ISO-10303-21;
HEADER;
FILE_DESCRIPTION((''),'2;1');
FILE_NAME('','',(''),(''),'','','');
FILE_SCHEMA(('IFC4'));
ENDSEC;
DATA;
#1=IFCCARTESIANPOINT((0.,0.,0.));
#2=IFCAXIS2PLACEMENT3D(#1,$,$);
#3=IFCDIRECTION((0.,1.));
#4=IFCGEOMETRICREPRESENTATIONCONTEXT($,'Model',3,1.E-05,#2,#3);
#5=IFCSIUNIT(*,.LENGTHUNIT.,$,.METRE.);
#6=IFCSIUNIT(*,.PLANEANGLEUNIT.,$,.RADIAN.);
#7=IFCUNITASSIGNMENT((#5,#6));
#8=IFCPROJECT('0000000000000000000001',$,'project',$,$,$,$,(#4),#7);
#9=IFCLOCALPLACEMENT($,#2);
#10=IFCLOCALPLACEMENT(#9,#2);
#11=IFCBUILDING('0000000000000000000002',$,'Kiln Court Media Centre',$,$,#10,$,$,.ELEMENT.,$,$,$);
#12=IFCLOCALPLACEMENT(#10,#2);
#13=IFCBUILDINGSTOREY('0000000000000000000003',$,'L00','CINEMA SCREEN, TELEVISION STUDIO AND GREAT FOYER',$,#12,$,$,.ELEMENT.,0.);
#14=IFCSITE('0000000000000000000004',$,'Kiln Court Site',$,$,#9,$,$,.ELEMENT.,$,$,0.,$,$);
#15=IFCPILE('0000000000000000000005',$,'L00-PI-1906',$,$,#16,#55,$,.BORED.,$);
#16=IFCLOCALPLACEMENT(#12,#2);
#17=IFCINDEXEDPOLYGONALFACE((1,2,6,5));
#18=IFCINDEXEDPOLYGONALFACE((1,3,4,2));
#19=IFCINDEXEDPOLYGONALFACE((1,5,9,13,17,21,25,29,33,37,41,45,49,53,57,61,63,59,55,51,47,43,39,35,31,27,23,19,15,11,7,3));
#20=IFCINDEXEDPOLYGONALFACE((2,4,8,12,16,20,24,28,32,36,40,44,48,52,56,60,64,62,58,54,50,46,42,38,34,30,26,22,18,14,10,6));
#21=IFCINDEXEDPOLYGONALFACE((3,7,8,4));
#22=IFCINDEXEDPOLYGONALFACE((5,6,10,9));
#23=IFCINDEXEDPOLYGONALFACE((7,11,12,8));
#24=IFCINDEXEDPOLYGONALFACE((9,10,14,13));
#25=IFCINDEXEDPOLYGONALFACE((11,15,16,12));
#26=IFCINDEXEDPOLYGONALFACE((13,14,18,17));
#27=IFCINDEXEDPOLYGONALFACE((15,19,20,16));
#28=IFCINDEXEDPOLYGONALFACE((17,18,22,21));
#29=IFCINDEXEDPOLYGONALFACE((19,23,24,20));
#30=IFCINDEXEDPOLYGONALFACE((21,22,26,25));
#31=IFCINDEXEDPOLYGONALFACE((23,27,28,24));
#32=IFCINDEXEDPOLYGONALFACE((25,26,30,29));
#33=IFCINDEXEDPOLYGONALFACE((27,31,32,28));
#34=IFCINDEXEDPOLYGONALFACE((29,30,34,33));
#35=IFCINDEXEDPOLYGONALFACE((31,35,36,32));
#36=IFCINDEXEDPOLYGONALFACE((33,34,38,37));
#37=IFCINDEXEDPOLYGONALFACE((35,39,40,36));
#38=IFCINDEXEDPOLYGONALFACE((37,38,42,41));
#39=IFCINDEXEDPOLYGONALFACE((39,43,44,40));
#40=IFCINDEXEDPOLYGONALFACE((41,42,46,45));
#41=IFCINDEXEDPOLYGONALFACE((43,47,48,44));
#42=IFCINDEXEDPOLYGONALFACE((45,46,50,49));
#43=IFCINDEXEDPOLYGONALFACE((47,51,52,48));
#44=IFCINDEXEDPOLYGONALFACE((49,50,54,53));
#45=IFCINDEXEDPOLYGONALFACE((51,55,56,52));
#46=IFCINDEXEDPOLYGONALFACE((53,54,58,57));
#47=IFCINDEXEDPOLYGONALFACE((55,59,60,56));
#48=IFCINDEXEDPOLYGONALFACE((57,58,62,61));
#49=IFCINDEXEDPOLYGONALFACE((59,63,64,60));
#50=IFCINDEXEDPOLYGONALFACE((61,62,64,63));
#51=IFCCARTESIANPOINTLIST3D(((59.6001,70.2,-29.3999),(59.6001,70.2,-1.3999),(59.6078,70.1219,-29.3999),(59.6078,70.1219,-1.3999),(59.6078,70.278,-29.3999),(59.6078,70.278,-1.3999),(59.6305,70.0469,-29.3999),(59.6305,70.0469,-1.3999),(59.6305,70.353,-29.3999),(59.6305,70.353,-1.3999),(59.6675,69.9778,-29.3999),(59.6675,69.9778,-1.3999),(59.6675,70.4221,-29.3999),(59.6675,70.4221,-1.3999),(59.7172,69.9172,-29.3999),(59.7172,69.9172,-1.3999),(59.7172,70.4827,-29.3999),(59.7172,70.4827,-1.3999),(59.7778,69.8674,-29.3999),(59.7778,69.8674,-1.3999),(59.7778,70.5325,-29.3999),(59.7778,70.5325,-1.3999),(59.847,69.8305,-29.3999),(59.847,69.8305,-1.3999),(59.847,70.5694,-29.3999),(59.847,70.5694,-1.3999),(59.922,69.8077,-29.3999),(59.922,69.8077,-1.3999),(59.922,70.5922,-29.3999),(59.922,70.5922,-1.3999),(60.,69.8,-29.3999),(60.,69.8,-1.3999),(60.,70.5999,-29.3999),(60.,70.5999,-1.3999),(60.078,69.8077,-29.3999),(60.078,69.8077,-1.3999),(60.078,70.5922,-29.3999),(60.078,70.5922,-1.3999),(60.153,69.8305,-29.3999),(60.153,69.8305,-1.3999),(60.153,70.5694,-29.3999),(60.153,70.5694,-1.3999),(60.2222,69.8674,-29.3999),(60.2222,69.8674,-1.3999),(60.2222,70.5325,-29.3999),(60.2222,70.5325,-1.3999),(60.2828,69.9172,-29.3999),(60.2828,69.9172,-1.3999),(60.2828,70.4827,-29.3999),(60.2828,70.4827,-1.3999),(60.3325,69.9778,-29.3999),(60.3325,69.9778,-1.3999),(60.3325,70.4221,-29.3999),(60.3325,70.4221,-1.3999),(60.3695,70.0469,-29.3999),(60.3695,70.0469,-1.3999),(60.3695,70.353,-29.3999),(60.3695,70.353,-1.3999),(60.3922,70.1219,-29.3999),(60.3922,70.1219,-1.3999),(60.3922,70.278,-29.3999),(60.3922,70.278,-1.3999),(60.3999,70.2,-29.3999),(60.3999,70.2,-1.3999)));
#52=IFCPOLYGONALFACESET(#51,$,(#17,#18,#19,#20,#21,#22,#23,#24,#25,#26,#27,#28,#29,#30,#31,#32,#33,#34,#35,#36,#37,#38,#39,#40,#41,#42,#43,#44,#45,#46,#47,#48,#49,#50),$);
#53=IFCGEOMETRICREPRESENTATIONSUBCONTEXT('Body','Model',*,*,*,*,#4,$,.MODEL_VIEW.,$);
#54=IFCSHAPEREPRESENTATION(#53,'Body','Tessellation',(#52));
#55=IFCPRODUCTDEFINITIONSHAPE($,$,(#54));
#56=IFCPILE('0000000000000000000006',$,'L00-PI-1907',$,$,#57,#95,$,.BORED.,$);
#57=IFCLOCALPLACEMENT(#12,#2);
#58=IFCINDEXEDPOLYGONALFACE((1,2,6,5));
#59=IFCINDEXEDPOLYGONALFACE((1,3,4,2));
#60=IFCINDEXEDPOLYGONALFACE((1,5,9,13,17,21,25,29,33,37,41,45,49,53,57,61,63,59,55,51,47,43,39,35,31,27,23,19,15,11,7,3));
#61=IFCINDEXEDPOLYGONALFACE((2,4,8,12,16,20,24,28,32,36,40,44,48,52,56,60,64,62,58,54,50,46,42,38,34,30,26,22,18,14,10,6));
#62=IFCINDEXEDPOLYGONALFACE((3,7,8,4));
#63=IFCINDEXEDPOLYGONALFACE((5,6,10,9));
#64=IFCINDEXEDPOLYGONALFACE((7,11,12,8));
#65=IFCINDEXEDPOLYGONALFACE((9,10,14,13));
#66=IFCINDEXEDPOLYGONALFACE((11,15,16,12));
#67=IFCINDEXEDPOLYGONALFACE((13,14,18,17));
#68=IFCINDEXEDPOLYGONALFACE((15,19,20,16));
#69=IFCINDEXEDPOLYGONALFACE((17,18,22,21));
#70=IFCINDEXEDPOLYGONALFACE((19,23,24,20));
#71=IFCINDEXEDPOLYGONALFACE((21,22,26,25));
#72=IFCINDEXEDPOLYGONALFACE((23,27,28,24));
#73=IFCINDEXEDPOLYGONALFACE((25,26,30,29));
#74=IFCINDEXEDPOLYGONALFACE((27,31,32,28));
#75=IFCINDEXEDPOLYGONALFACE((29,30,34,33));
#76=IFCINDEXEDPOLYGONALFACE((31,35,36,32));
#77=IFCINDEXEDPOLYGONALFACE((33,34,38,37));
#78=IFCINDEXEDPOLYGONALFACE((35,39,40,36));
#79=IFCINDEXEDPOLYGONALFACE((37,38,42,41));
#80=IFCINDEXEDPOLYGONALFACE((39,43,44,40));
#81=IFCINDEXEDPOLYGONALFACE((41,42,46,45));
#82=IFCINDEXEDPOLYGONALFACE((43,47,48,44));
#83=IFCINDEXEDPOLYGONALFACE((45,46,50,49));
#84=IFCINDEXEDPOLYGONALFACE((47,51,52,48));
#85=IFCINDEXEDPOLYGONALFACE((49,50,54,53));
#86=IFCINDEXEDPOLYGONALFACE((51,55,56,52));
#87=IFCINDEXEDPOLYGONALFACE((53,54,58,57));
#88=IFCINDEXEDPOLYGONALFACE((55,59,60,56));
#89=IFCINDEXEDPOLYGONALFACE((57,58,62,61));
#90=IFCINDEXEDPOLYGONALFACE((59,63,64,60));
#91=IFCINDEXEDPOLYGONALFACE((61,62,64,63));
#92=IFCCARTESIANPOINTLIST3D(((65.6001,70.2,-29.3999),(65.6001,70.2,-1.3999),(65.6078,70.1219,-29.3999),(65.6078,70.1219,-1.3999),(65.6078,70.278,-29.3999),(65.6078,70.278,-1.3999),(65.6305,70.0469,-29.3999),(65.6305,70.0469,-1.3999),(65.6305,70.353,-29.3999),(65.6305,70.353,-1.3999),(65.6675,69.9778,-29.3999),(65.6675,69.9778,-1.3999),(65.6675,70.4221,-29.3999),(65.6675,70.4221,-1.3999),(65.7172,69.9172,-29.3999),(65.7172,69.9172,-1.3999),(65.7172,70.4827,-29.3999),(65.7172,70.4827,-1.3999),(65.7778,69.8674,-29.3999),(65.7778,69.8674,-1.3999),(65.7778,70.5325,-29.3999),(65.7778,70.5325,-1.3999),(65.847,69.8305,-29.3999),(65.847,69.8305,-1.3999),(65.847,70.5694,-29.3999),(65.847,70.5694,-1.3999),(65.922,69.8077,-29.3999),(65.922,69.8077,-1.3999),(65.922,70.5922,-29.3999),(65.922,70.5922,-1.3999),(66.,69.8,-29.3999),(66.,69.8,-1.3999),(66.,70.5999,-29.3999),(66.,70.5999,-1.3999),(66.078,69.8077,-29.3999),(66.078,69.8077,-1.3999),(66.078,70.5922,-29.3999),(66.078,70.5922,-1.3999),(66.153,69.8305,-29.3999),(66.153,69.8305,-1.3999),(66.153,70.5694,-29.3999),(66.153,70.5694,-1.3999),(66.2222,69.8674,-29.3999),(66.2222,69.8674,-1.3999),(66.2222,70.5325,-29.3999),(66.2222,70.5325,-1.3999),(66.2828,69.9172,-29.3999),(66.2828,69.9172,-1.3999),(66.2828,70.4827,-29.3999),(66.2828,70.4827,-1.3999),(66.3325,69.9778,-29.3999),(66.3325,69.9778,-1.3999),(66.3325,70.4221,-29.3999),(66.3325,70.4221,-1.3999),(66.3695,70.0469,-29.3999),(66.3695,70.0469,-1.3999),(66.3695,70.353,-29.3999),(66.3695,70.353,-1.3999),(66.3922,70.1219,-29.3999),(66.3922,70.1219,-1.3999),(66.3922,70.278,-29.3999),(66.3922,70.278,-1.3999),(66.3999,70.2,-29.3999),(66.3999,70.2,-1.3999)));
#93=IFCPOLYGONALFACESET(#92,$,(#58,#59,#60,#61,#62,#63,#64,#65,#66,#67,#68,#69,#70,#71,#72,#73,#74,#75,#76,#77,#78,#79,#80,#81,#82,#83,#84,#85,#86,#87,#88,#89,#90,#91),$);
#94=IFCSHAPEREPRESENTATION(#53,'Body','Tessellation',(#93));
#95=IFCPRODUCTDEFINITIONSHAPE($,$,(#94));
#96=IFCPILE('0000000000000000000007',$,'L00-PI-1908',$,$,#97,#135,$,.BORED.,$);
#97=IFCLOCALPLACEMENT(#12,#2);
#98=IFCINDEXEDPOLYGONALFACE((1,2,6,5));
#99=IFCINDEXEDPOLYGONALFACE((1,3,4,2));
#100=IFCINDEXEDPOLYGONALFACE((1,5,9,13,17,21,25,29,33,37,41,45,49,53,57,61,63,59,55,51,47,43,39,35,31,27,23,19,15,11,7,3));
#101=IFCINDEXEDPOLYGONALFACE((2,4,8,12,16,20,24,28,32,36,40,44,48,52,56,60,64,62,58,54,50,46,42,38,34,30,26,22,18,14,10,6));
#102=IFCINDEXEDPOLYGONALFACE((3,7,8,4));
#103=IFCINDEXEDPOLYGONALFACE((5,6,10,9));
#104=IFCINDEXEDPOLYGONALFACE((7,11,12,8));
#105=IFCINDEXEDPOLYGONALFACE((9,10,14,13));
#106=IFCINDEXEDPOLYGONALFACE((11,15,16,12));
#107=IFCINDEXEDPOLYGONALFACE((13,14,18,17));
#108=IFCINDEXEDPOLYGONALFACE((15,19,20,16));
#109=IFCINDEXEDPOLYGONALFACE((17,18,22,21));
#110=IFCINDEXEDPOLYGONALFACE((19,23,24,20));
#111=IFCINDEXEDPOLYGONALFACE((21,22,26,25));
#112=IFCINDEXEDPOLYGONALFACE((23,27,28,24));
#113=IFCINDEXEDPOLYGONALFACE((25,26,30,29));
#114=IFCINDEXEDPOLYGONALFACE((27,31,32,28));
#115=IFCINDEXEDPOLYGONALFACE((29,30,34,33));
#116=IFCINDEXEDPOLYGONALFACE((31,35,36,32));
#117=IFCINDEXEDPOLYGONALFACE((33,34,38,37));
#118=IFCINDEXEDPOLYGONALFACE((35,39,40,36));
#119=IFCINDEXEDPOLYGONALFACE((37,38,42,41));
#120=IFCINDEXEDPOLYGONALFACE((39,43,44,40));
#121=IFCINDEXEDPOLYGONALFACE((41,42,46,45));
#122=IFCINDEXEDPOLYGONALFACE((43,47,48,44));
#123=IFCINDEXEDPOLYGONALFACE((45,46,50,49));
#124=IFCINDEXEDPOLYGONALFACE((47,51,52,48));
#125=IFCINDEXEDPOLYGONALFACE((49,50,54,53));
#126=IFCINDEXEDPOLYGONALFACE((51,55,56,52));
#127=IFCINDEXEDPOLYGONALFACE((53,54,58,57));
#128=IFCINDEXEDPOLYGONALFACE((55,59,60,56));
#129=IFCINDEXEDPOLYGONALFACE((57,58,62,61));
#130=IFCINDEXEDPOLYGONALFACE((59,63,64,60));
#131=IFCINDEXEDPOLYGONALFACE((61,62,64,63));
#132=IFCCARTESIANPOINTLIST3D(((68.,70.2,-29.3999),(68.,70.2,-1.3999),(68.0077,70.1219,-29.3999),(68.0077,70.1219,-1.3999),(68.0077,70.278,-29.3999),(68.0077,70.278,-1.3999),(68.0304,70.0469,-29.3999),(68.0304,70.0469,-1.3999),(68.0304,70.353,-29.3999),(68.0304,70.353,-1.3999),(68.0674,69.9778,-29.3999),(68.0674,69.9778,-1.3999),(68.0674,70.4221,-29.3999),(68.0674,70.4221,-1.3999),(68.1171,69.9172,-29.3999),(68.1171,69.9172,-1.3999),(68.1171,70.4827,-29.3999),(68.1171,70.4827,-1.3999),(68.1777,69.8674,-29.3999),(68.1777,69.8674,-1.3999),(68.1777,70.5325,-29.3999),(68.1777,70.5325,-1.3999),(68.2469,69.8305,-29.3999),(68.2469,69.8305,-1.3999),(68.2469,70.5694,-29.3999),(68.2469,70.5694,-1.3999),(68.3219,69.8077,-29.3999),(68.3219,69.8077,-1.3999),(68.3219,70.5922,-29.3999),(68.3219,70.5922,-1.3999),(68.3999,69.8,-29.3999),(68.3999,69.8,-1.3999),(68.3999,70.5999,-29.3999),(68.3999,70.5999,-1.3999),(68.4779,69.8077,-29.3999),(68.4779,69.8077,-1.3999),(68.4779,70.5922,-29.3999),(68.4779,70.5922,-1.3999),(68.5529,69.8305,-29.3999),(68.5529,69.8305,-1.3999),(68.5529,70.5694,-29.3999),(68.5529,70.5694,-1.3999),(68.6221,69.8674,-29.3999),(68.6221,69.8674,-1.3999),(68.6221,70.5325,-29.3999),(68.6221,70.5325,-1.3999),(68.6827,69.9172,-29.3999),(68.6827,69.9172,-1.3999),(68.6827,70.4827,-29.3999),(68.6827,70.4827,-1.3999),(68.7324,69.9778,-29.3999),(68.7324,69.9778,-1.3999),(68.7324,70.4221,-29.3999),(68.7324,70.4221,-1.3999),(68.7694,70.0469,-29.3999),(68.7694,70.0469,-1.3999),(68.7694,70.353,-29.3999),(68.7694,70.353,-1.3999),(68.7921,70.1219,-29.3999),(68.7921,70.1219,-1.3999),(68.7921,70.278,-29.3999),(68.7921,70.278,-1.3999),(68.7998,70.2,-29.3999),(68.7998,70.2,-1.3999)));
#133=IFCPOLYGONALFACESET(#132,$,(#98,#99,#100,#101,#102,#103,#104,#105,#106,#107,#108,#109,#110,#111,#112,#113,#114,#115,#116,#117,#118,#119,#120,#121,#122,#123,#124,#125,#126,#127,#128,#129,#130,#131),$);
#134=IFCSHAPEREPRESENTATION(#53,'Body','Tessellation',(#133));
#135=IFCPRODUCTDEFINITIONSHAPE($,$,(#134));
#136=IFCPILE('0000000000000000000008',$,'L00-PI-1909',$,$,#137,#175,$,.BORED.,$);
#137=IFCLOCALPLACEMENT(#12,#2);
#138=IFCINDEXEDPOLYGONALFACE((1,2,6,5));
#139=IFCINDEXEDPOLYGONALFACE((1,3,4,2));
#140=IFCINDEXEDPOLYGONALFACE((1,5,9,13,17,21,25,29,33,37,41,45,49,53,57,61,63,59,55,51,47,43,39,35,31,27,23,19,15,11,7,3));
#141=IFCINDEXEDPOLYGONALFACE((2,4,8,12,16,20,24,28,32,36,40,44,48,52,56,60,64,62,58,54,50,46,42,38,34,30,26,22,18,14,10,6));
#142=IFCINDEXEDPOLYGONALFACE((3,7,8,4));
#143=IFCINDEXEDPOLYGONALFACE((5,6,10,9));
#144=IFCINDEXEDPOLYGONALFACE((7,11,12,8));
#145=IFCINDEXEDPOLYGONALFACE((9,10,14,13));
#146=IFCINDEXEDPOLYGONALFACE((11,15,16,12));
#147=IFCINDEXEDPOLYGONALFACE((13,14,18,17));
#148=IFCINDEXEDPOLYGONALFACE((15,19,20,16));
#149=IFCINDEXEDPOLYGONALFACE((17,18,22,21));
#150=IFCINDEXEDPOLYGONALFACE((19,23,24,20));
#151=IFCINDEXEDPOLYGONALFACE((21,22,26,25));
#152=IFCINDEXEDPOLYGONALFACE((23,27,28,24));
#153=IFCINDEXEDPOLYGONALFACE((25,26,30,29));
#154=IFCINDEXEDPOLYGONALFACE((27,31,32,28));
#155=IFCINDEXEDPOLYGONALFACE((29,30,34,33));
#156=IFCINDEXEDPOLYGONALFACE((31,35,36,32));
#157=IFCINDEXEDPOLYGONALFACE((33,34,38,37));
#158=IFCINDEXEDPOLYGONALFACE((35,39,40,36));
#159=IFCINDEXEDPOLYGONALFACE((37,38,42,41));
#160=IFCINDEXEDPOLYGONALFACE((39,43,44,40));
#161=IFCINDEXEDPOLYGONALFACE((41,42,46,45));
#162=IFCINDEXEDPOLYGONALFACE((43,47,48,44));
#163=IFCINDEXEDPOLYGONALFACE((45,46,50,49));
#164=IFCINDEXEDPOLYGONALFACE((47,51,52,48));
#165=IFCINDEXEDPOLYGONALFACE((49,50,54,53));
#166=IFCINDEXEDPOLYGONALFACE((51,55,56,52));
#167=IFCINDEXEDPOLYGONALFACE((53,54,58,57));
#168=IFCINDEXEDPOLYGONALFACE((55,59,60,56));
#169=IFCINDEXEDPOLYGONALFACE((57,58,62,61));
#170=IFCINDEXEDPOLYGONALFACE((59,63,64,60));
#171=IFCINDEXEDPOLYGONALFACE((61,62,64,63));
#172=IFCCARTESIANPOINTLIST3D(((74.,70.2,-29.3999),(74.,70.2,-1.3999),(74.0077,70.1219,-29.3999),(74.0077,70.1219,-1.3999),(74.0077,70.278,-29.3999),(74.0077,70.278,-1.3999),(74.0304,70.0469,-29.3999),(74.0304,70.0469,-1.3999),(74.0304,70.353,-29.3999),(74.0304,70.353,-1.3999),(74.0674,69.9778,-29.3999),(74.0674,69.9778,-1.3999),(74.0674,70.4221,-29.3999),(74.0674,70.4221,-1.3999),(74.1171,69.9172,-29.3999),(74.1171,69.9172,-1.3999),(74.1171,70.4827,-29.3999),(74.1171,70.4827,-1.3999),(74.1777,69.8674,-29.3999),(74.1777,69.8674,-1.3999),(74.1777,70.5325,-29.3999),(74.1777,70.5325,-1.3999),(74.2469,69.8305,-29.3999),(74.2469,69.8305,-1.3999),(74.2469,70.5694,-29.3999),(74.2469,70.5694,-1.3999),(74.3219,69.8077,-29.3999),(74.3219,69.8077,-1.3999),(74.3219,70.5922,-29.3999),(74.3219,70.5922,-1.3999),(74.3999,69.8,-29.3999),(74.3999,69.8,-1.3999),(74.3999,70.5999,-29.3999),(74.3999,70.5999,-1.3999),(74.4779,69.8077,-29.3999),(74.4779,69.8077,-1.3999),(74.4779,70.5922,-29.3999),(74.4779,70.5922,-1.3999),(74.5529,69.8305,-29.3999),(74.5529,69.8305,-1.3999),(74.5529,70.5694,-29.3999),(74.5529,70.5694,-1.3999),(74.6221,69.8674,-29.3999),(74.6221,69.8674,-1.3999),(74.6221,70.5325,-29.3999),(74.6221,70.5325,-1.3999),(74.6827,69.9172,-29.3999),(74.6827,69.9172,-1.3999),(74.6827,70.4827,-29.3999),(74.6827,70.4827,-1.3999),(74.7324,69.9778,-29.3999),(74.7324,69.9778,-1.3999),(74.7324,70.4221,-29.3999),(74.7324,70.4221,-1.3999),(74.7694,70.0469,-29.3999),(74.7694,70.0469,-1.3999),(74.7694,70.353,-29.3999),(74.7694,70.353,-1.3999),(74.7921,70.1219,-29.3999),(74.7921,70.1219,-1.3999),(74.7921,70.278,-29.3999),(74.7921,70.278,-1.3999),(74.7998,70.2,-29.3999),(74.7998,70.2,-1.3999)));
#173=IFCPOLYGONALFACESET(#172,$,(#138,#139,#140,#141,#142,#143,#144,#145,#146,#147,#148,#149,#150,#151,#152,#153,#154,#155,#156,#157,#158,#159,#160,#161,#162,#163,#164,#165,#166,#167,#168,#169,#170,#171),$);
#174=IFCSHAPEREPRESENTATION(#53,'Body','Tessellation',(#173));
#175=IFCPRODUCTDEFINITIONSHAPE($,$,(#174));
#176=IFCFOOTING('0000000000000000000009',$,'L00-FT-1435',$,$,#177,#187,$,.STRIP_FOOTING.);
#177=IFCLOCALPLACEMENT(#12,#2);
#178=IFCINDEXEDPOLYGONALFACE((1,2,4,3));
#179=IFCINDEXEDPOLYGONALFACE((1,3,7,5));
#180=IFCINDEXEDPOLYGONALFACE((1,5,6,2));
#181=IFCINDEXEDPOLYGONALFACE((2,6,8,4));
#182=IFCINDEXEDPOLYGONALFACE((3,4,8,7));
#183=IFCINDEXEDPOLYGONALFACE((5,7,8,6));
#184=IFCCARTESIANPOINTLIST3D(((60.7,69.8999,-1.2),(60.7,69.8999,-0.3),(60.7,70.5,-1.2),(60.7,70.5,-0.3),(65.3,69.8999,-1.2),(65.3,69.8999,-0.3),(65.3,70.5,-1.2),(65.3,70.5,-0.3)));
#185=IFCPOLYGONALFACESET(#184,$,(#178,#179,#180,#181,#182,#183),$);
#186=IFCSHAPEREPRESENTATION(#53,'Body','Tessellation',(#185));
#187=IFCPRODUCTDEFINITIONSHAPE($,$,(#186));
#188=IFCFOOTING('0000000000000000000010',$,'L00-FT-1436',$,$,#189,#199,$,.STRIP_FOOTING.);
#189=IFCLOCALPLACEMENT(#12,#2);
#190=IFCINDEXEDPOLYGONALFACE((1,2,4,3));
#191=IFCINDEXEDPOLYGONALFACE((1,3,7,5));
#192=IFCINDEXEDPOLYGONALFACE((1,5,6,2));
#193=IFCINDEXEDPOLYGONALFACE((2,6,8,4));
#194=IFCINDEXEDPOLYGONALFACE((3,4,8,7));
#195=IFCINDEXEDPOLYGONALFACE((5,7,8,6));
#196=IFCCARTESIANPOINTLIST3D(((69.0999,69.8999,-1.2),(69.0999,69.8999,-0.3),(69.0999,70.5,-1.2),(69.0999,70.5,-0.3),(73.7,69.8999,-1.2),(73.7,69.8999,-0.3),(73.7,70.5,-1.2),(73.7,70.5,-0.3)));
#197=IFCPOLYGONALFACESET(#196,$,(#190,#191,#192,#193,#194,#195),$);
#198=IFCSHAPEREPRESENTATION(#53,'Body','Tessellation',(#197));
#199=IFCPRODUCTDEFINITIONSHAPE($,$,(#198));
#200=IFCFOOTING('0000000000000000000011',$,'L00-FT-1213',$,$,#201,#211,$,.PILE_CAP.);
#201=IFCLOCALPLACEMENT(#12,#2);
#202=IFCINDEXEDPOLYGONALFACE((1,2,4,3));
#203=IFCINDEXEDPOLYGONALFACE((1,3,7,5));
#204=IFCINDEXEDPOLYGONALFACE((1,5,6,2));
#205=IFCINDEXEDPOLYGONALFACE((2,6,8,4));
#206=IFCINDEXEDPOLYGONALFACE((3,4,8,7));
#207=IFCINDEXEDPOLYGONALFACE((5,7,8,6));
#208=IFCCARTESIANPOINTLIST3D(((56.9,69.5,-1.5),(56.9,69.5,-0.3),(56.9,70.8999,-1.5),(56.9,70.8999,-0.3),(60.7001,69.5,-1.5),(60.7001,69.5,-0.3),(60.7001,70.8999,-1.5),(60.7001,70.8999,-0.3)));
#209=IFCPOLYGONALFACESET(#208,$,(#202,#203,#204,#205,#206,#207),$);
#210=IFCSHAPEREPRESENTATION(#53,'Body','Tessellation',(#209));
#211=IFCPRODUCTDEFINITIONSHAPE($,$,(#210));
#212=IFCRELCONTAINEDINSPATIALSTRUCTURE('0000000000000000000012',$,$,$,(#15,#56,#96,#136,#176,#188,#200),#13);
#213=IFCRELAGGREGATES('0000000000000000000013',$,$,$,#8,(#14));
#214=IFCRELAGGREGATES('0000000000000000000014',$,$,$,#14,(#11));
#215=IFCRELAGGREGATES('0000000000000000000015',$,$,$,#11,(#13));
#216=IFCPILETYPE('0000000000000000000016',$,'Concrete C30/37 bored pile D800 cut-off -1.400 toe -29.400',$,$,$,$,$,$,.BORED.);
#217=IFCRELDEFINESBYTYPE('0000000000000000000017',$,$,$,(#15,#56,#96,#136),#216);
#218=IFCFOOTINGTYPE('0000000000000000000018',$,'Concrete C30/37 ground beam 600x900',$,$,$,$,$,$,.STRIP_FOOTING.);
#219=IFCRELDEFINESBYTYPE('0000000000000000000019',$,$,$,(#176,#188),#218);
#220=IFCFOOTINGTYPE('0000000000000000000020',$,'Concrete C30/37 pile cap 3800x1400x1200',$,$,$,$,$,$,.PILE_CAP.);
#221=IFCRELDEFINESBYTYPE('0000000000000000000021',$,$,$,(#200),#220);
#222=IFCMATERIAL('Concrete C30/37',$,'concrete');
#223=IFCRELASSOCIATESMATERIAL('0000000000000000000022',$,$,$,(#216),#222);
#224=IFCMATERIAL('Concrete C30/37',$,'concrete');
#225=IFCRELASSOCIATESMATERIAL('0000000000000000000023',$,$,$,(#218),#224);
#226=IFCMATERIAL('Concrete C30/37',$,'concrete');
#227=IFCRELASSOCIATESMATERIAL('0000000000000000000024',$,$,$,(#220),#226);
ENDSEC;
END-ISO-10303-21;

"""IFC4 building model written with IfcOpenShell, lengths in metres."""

from ifc_helpers import new_model, si_unit, direction, frame, origin, origin_2d, place, context, subcontext, project, spatial, rectangle, circle, extrude, material, material_profile, profile_set, type_object, element, save


model = new_model("IFC4")

# Units and contexts
model_context = context("Model", 3, precision=1e-05, world=origin(), true_north=direction((0.0, 1.0)))
body_context = subcontext(model_context, "Body", "Model", "MODEL_VIEW")
ifc_project = project(units=[si_unit("LENGTHUNIT", "METRE"), si_unit("PLANEANGLEUNIT", "RADIAN")], contexts=[model_context])

# Site, building, storey
site_placement = place(None, origin())
site = spatial("IfcSite", under=ifc_project, at=site_placement, Name="Kiln Court Site", CompositionType="ELEMENT", RefElevation=0.0)
building_placement = place(site_placement, origin())
building = spatial("IfcBuilding", under=site, at=building_placement, Name="Kiln Court Media Centre", CompositionType="ELEMENT")
storey_placement = place(building_placement, origin())
storey = spatial("IfcBuildingStorey", under=building, at=storey_placement, Name="L00", Description="CINEMA SCREEN, TELEVISION STUDIO AND GREAT FOYER", CompositionType="ELEMENT", Elevation=0.0)

# Piles
ifc_material_1 = material(Name="Concrete C30/37", Category="concrete")
ifc_material_profile_1 = material_profile(ifc_material_1, circle(Radius=0.3999, at=origin_2d()), Name="PILE D800")
ifc_profile_set_1 = profile_set([ifc_material_profile_1], Name="Concrete C30/37")
pile_type = type_object("IfcPileType", Name="Concrete C30/37 bored pile D800 cut-off -1.400 toe -29.400", PredefinedType="BORED", material=ifc_profile_set_1)
for number, where, z_axis, x_axis, name in (
    (1, (60.0, 70.2, -1.3999), (0.0, 0.0, -1.0), (1.0, 0.0, 0.0), "L00-PI-1906"),
    (2, (66.0, 70.2, -1.3999), (0.0, 0.0, -1.0), (1.0, 0.0, 0.0), "L00-PI-1907"),
    (3, (68.3999, 70.2, -1.3999), (0.0, 0.0, -1.0), (1.0, 0.0, 0.0), "L00-PI-1908"),
    (4, (74.3999, 70.2, -1.3999), (0.0, 0.0, -1.0), (1.0, 0.0, 0.0), "L00-PI-1909"),
):
    element("IfcPile", number, at=place(storey_placement, frame(where, z_axis=z_axis, x_axis=x_axis)), inside=storey, type_object=pile_type, Name=name, PredefinedType="BORED", context=body_context, shape_type="SweptSolid", body=[
        extrude(circle(Radius=0.3999, at=origin_2d()), origin(), (0.0, 0.0, 1.0), 28.0),
    ])

# Footings
ifc_material_2 = material(Name="Concrete C30/37", Category="concrete")
footing_type_1 = type_object("IfcFootingType", Name="Concrete C30/37 ground beam 600x900", PredefinedType="STRIP_FOOTING", material=ifc_material_2)
for number, where, z_axis, x_axis, name in (
    (5, (63.0, 70.2, -1.2), (0.0, 0.0, 1.0), (1.0, 0.0, 0.0), "L00-FT-1435"),
    (6, (71.3999, 70.2, -1.2), (0.0, 0.0, 1.0), (1.0, 0.0, 0.0), "L00-FT-1436"),
):
    element("IfcFooting", number, at=place(storey_placement, frame(where, z_axis=z_axis, x_axis=x_axis)), inside=storey, type_object=footing_type_1, Name=name, PredefinedType="STRIP_FOOTING", context=body_context, shape_type="SweptSolid", body=[
        extrude(rectangle(XDim=4.6001, YDim=0.6001, at=origin_2d()), origin(), (0.0, 0.0, 1.0), 0.8999),
    ])
ifc_material_3 = material(Name="Concrete C30/37", Category="concrete")
footing_type_2 = type_object("IfcFootingType", Name="Concrete C30/37 pile cap 3800x1400x1200", PredefinedType="PILE_CAP", material=ifc_material_3)
for number, where, z_axis, x_axis, name in (
    (7, (58.8, 70.2, -1.5), (0.0, 0.0, 1.0), (1.0, 0.0, 0.0), "L00-FT-1213"),
):
    element("IfcFooting", number, at=place(storey_placement, frame(where, z_axis=z_axis, x_axis=x_axis)), inside=storey, type_object=footing_type_2, Name=name, PredefinedType="PILE_CAP", context=body_context, shape_type="SweptSolid", body=[
        extrude(rectangle(XDim=3.8, YDim=1.3999, at=origin_2d()), origin(), (0.0, 0.0, 1.0), 1.2),
    ])

save(model, "model.ifc")
